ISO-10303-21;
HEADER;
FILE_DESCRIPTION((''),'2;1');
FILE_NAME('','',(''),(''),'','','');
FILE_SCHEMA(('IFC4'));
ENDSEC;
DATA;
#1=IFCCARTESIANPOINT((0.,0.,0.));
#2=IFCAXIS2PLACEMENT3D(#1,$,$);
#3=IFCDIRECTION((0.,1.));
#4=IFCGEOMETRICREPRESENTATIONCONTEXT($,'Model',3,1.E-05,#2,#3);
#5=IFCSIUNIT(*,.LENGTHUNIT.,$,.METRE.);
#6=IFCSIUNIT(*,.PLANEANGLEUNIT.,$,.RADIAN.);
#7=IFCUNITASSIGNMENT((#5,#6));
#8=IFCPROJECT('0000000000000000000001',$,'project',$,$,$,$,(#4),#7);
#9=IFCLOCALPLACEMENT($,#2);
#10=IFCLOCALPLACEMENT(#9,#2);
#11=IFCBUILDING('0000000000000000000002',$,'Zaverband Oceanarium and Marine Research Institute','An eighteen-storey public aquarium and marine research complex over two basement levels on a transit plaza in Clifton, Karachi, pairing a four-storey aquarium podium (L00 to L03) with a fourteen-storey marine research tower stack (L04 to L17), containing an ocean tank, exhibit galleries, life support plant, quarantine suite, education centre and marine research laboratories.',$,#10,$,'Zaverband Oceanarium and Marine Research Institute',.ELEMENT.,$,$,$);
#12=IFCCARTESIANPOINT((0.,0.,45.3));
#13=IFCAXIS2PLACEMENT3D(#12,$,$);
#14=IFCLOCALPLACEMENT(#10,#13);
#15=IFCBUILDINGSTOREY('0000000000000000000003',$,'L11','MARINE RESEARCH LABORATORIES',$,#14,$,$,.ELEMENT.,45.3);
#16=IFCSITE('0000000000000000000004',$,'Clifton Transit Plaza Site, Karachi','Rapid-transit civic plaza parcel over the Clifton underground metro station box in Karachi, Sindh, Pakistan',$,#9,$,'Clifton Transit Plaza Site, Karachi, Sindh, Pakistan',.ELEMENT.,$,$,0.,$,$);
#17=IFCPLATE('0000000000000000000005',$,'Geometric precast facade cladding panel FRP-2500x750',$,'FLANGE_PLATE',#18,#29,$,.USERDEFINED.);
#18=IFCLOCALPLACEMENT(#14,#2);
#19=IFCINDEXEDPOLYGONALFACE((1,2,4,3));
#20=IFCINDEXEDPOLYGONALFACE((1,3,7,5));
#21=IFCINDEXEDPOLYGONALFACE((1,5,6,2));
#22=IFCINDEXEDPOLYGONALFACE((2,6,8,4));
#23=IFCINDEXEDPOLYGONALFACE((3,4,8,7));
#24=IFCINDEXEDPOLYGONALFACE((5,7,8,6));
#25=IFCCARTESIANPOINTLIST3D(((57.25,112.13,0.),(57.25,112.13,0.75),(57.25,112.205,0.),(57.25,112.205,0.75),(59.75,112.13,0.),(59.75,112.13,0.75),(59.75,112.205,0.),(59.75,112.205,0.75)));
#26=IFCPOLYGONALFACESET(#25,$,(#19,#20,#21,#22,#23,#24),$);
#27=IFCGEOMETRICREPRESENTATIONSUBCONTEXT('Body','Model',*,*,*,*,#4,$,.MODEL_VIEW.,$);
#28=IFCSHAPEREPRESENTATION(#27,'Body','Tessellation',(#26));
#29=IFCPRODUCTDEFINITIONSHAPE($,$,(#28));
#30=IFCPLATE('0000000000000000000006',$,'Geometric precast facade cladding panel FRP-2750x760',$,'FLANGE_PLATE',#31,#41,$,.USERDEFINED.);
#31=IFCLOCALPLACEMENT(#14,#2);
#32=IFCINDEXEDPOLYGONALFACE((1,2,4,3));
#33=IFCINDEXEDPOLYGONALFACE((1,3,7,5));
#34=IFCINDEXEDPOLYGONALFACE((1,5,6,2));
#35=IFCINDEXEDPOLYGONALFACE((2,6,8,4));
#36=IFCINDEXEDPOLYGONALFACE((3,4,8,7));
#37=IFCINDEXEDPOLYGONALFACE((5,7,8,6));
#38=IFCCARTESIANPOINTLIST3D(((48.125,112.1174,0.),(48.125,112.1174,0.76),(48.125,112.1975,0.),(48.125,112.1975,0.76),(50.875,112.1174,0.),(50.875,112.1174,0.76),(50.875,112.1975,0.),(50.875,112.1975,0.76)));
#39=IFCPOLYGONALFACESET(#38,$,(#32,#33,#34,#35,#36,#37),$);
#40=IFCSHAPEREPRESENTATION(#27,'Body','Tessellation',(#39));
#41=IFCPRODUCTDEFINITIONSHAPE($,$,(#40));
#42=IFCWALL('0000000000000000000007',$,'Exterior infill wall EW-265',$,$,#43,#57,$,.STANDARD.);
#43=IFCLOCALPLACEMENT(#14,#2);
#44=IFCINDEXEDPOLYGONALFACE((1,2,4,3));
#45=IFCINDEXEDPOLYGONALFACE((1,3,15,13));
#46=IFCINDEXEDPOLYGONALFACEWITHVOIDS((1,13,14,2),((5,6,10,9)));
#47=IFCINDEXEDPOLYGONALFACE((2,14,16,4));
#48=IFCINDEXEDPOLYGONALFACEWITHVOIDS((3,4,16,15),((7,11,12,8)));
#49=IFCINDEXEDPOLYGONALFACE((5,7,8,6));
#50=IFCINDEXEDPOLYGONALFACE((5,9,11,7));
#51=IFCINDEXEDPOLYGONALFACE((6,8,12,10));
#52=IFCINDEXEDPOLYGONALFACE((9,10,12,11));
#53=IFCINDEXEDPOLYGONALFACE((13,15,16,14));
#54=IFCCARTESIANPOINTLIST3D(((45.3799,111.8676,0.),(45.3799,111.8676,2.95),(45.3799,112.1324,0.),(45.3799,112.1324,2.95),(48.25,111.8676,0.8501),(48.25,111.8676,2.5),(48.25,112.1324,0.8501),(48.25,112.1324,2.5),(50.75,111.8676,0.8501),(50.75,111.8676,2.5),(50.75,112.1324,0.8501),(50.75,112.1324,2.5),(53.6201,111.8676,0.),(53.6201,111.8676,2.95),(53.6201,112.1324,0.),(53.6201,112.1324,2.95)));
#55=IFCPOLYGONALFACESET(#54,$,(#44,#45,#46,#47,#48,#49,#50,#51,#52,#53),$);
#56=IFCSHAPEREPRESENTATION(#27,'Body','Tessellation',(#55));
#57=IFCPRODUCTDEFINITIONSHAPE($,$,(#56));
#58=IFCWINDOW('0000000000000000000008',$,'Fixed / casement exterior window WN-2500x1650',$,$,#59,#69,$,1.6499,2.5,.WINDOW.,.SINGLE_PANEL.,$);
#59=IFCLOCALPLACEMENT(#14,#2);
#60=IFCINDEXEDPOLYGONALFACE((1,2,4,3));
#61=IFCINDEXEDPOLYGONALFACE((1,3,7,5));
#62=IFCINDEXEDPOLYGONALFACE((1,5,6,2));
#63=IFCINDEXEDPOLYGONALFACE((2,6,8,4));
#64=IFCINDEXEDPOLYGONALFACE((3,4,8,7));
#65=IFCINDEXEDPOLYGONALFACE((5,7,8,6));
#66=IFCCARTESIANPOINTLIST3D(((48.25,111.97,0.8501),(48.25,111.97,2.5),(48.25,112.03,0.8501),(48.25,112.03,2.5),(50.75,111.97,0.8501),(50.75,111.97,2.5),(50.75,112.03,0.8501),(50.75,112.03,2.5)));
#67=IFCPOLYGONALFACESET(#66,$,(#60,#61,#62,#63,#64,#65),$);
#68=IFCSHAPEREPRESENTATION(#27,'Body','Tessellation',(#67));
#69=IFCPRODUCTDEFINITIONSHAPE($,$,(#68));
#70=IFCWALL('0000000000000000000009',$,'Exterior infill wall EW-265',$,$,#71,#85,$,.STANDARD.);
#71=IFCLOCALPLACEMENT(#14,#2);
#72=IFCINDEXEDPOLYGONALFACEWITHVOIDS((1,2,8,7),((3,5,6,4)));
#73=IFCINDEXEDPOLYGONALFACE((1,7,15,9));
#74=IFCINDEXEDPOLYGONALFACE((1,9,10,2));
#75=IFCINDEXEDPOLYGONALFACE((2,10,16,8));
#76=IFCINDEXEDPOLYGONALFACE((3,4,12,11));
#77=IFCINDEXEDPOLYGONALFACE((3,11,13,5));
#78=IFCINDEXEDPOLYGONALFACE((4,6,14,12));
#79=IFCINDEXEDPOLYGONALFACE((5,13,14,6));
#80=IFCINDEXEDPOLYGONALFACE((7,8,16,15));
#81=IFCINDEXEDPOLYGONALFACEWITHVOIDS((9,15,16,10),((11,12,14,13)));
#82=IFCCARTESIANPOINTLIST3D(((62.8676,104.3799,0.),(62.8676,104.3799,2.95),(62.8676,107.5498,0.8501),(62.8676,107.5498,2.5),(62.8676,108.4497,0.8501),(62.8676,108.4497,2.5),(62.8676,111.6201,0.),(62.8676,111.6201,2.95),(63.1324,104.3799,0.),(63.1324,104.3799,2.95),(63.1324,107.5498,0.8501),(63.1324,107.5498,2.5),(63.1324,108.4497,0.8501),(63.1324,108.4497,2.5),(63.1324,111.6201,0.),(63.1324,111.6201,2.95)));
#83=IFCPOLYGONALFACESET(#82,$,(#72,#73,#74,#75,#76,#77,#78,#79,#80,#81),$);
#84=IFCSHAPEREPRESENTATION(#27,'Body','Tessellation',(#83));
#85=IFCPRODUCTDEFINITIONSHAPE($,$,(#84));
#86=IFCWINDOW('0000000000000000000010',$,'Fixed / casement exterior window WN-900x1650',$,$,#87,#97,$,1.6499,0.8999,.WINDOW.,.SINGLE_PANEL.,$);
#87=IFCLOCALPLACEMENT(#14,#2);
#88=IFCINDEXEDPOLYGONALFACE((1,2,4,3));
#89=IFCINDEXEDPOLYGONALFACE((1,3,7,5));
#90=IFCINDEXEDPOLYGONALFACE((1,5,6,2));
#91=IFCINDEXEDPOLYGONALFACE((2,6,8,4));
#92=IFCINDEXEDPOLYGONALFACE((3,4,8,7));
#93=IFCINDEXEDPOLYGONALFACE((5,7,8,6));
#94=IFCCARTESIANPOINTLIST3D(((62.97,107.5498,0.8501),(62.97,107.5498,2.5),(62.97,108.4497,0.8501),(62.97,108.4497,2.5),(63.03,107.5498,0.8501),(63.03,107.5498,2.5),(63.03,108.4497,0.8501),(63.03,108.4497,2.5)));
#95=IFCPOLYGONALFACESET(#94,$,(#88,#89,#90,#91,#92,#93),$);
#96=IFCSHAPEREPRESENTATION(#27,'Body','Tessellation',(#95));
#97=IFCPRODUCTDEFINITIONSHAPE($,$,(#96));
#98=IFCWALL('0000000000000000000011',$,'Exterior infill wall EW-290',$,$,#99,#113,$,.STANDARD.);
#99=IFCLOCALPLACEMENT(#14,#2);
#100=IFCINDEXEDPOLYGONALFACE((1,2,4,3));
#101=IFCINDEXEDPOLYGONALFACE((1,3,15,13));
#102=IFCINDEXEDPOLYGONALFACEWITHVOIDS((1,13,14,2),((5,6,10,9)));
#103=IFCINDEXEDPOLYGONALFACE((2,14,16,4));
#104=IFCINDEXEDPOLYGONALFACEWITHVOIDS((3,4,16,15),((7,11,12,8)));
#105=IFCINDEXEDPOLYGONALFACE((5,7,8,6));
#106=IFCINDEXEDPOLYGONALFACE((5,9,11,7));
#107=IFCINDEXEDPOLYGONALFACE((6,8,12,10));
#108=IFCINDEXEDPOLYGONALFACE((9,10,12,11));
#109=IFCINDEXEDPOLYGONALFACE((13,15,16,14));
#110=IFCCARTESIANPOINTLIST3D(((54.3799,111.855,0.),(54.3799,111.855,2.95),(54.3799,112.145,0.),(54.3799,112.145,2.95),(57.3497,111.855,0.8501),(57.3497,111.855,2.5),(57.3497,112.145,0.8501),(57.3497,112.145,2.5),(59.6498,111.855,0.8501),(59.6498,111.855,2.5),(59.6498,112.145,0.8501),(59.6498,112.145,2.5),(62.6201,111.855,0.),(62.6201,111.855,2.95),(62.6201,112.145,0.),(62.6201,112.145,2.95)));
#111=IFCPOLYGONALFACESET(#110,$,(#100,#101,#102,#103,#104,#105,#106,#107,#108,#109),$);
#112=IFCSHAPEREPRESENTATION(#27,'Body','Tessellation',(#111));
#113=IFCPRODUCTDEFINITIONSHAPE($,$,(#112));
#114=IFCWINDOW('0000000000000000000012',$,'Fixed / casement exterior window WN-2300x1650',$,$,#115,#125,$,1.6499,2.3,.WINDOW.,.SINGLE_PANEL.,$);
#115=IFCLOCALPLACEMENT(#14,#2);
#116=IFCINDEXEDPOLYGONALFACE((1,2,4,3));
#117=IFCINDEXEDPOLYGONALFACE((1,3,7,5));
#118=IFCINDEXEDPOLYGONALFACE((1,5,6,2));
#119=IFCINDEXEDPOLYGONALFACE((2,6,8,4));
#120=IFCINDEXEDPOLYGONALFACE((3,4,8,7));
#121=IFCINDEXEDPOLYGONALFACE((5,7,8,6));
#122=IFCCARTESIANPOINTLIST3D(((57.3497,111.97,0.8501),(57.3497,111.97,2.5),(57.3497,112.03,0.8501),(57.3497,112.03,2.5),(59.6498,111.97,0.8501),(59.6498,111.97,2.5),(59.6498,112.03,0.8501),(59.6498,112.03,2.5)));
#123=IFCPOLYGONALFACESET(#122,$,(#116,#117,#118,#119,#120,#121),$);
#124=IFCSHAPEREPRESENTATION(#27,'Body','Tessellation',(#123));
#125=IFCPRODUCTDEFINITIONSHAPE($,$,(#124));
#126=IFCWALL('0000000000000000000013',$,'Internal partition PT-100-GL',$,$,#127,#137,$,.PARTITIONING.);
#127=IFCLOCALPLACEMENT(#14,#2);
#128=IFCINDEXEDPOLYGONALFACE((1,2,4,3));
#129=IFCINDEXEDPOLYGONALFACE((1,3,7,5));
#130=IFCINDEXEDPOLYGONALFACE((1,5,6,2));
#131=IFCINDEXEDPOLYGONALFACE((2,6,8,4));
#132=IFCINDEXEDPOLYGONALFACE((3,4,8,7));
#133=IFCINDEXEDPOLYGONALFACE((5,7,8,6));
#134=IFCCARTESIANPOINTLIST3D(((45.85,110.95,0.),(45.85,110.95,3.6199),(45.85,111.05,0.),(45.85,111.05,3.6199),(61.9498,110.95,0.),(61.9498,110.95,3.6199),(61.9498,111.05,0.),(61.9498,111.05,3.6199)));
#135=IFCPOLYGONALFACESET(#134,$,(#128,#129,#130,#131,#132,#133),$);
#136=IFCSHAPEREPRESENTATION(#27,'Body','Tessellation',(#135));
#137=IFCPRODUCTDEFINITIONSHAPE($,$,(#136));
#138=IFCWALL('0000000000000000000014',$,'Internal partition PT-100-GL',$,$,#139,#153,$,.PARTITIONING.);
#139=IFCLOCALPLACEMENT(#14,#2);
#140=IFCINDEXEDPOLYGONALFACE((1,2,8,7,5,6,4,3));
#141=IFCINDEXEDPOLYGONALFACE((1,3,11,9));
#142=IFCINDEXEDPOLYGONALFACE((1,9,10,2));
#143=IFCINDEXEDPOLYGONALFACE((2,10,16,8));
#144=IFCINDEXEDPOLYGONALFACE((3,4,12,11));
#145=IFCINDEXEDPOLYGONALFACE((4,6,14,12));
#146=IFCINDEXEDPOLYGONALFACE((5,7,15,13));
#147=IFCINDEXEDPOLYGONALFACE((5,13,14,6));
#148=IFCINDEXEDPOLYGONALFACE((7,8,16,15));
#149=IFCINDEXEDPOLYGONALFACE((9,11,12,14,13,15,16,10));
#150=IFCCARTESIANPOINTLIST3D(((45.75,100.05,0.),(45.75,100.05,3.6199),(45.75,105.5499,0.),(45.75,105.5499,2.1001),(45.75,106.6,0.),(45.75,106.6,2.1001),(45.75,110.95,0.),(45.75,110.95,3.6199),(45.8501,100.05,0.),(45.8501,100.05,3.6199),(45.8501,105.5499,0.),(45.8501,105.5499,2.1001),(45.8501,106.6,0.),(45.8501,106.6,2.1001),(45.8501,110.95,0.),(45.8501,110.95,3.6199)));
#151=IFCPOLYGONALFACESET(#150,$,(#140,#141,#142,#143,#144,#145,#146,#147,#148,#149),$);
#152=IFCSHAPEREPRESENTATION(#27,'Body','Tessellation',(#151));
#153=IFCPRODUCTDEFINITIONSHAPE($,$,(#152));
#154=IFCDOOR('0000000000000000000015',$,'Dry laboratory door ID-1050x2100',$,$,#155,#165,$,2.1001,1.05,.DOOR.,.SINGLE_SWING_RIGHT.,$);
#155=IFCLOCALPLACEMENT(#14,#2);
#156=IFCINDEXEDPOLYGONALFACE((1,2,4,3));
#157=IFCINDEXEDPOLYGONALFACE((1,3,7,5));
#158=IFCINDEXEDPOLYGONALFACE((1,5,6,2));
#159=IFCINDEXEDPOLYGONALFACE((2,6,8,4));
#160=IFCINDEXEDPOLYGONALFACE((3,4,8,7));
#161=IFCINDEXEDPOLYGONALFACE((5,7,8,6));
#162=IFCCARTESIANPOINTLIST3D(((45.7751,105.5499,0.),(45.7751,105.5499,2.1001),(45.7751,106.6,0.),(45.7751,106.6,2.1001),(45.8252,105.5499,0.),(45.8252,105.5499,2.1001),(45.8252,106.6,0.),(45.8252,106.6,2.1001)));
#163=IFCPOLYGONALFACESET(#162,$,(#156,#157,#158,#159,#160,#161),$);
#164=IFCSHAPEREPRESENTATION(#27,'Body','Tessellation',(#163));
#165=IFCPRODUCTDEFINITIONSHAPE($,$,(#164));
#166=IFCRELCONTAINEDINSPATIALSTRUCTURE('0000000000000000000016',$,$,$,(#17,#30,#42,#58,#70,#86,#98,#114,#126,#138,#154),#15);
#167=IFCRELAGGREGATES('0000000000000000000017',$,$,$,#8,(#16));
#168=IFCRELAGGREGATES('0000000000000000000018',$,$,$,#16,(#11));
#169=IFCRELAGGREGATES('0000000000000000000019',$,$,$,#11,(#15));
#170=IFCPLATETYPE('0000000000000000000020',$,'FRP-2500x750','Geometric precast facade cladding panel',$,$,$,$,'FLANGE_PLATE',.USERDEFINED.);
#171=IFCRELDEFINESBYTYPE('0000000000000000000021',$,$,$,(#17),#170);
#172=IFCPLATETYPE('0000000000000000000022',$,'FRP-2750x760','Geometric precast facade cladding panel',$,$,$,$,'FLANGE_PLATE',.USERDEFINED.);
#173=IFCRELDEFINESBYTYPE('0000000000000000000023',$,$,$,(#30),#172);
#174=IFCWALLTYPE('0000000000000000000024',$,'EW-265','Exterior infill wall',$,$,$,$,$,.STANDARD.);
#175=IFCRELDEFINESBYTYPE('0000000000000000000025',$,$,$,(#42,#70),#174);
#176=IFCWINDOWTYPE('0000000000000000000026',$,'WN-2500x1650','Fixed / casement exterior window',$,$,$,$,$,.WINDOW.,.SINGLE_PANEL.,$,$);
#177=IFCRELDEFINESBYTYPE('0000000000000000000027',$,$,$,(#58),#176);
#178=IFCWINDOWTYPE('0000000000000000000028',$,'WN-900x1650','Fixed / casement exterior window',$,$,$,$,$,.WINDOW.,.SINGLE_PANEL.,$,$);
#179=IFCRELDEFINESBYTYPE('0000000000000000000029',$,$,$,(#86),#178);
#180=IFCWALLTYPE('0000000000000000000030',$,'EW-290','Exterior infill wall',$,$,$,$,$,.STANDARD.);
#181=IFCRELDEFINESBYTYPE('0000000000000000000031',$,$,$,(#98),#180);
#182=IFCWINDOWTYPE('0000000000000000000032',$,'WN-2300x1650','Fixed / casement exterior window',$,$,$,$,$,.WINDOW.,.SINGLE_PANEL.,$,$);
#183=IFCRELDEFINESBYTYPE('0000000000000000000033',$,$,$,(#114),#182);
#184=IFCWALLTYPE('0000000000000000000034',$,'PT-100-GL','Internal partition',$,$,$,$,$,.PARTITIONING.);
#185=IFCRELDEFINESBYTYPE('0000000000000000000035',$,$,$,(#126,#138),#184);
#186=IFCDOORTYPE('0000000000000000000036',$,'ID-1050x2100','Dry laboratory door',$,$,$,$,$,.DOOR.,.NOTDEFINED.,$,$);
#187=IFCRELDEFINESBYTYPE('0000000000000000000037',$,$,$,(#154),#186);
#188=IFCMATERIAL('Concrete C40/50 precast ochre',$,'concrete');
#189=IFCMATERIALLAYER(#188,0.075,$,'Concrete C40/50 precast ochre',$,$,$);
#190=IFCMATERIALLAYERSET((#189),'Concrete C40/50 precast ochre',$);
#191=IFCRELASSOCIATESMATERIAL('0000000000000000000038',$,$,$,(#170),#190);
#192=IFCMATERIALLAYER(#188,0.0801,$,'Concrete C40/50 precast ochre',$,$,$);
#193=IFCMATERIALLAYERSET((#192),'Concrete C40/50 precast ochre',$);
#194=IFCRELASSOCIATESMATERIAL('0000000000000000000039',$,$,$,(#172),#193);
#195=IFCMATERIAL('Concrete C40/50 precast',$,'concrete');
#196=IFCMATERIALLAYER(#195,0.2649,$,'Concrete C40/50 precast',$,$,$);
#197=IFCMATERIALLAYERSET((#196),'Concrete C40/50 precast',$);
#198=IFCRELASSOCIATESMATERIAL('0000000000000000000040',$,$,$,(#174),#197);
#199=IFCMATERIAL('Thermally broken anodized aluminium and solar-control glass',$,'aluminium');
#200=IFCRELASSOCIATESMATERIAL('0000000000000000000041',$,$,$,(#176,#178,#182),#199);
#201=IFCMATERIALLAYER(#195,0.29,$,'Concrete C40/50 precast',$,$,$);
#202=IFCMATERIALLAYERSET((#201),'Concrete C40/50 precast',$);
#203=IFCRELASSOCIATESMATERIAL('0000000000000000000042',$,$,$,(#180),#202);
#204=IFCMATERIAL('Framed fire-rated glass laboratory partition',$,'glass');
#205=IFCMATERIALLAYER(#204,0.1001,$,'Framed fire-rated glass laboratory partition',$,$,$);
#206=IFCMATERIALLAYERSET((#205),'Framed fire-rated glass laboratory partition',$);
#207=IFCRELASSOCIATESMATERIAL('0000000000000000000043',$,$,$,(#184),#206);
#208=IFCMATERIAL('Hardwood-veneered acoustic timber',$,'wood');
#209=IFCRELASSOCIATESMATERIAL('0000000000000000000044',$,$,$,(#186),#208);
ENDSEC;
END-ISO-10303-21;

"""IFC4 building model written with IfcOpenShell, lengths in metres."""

from ifc_helpers import new_model, si_unit, direction, frame, frame_2d, origin, place, context, subcontext, project, spatial, rectangle, extrude, material, layer, layer_set, type_object, element, fill, save


model = new_model("IFC4")

# Units and contexts
model_context = context("Model", 3, precision=1e-05, world=origin(), true_north=direction((0.0, 1.0)))
body_context = subcontext(model_context, "Body", "Model", "MODEL_VIEW")
ifc_project = project(units=[si_unit("LENGTHUNIT", "METRE"), si_unit("PLANEANGLEUNIT", "RADIAN")], contexts=[model_context])

# Site, building, storey
site_placement = place(None, origin())
site = spatial("IfcSite", under=ifc_project, at=site_placement, Name="Clifton Transit Plaza Site, Karachi", Description="Rapid-transit civic plaza parcel over the Clifton underground metro station box in Karachi, Sindh, Pakistan", LongName="Clifton Transit Plaza Site, Karachi, Sindh, Pakistan", CompositionType="ELEMENT", RefElevation=0.0)
building_placement = place(site_placement, origin())
building = spatial("IfcBuilding", under=site, at=building_placement, Name="Zaverband Oceanarium and Marine Research Institute", Description="An eighteen-storey public aquarium and marine research complex over two basement levels on a transit plaza in Clifton, Karachi, pairing a four-storey aquarium podium (L00 to L03) with a fourteen-storey marine research tower stack (L04 to L17), containing an ocean tank, exhibit galleries, life support plant, quarantine suite, education centre and marine research laboratories.", LongName="Zaverband Oceanarium and Marine Research Institute", CompositionType="ELEMENT")
storey_placement = place(building_placement, frame((0.0, 0.0, 45.3)))
storey = spatial("IfcBuildingStorey", under=building, at=storey_placement, Name="L11", Description="MARINE RESEARCH LABORATORIES", CompositionType="ELEMENT", Elevation=45.3)

# Shared definitions
ifc_material_1 = material(Name="Thermally broken anodized aluminium and solar-control glass", Category="aluminium")

# Plates
ifc_material_2 = material(Name="Concrete C40/50 precast ochre", Category="concrete")
ifc_layer_1 = layer(ifc_material_2, 0.075, Name="Concrete C40/50 precast ochre")
ifc_layer_set_1 = layer_set([ifc_layer_1], Name="Concrete C40/50 precast ochre")
plate_type_1 = type_object("IfcPlateType", Name="FRP-2500x750", Description="Geometric precast facade cladding panel", ElementType="FLANGE_PLATE", PredefinedType="USERDEFINED", material=ifc_layer_set_1)
plate_1_placement = place(storey_placement, frame((57.25, 112.1675, 0.0), z_axis=(0.0, 0.0, 1.0), x_axis=(1.0, 0.0, 0.0)))
element("IfcPlate", 1, at=plate_1_placement, inside=storey, type_object=plate_type_1, Name="Geometric precast facade cladding panel FRP-2500x750", ObjectType="FLANGE_PLATE", PredefinedType="USERDEFINED", context=body_context, shape_type="SweptSolid", body=[
    extrude(rectangle(XDim=2.5, YDim=0.075, at=frame_2d((1.25, 0.0))), origin(), (0.0, 0.0, 1.0), 0.75),
])
ifc_layer_2 = layer(ifc_material_2, 0.0801, Name="Concrete C40/50 precast ochre")
ifc_layer_set_2 = layer_set([ifc_layer_2], Name="Concrete C40/50 precast ochre")
plate_type_2 = type_object("IfcPlateType", Name="FRP-2750x760", Description="Geometric precast facade cladding panel", ElementType="FLANGE_PLATE", PredefinedType="USERDEFINED", material=ifc_layer_set_2)
plate_2_placement = place(storey_placement, frame((48.125, 112.1575, 0.0), z_axis=(0.0, 0.0, 1.0), x_axis=(1.0, 0.0, 0.0)))
element("IfcPlate", 2, at=plate_2_placement, inside=storey, type_object=plate_type_2, Name="Geometric precast facade cladding panel FRP-2750x760", ObjectType="FLANGE_PLATE", PredefinedType="USERDEFINED", context=body_context, shape_type="SweptSolid", body=[
    extrude(rectangle(XDim=2.75, YDim=0.0801, at=frame_2d((1.375, 0.0))), origin(), (0.0, 0.0, 1.0), 0.76),
])

# Walls, openings, windows
ifc_material_3 = material(Name="Concrete C40/50 precast", Category="concrete")
ifc_layer_3 = layer(ifc_material_3, 0.2649, Name="Concrete C40/50 precast")
ifc_layer_set_3 = layer_set([ifc_layer_3], Name="Concrete C40/50 precast")
wall_type_1 = type_object("IfcWallType", Name="EW-265", Description="Exterior infill wall", PredefinedType="STANDARD", material=ifc_layer_set_3)
wall_1_placement = place(storey_placement, frame((45.3799, 112.0, 0.0), z_axis=(0.0, 0.0, 1.0), x_axis=(1.0, 0.0, 0.0)))
wall_1 = element("IfcWall", 3, at=wall_1_placement, inside=storey, type_object=wall_type_1, Name="Exterior infill wall EW-265", PredefinedType="STANDARD", context=body_context, shape_type="SweptSolid", body=[
    extrude(rectangle(XDim=8.2402, YDim=0.2649, at=frame_2d((4.1201, 0.0))), origin(), (0.0, 0.0, 1.0), 2.95),
])
opening_1_placement = place(wall_1_placement, frame((2.8701, 0.0, 0.8501)))
opening_1 = element("IfcOpeningElement", 4, at=opening_1_placement, cuts=wall_1, PredefinedType="OPENING", context=body_context, shape_type="SweptSolid", body=[
    extrude(rectangle(XDim=2.5, YDim=1.6499, at=frame_2d((1.25, 0.825))), frame((0.0, 0.1445, 0.0), z_axis=(0.0, -1.0, 0.0), x_axis=(1.0, 0.0, 0.0)), (0.0, 0.0, 1.0), 0.2888),
])
window_type_1 = type_object("IfcWindowType", Name="WN-2500x1650", Description="Fixed / casement exterior window", PartitioningType="SINGLE_PANEL", PredefinedType="WINDOW", material=ifc_material_1)
window_1_placement = place(opening_1_placement, origin())
window_1 = element("IfcWindow", 5, at=window_1_placement, inside=storey, type_object=window_type_1, Name="Fixed / casement exterior window WN-2500x1650", OverallHeight=1.6499, OverallWidth=2.5, PartitioningType="SINGLE_PANEL", PredefinedType="WINDOW", context=body_context, shape_type="SweptSolid", body=[
    extrude(rectangle(XDim=2.5, YDim=1.6499, at=frame_2d((1.25, 0.825))), frame((0.0, 0.03, 0.0), z_axis=(0.0, -1.0, 0.0), x_axis=(1.0, 0.0, 0.0)), (0.0, 0.0, 1.0), 0.0601),
])
fill(opening_1, window_1)
wall_2_placement = place(storey_placement, frame((63.0, 104.3799, 0.0), z_axis=(0.0, 0.0, 1.0), x_axis=(0.0, 1.0, 0.0)))
wall_2 = element("IfcWall", 6, at=wall_2_placement, inside=storey, type_object=wall_type_1, Name="Exterior infill wall EW-265", PredefinedType="STANDARD", context=body_context, shape_type="SweptSolid", body=[
    extrude(rectangle(XDim=7.2402, YDim=0.2649, at=frame_2d((3.6201, 0.0))), origin(), (0.0, 0.0, 1.0), 2.95),
])
opening_2_placement = place(wall_2_placement, frame((3.1699, 0.0, 0.8501)))
opening_2 = element("IfcOpeningElement", 7, at=opening_2_placement, cuts=wall_2, PredefinedType="OPENING", context=body_context, shape_type="SweptSolid", body=[
    extrude(rectangle(XDim=0.8999, YDim=1.6499, at=frame_2d((0.45, 0.825))), frame((0.0, 0.1445, 0.0), z_axis=(0.0, -1.0, 0.0), x_axis=(1.0, 0.0, 0.0)), (0.0, 0.0, 1.0), 0.2888),
])
window_type_2 = type_object("IfcWindowType", Name="WN-900x1650", Description="Fixed / casement exterior window", PartitioningType="SINGLE_PANEL", PredefinedType="WINDOW", material=ifc_material_1)
window_2_placement = place(opening_2_placement, origin())
window_2 = element("IfcWindow", 8, at=window_2_placement, inside=storey, type_object=window_type_2, Name="Fixed / casement exterior window WN-900x1650", OverallHeight=1.6499, OverallWidth=0.8999, PartitioningType="SINGLE_PANEL", PredefinedType="WINDOW", context=body_context, shape_type="SweptSolid", body=[
    extrude(rectangle(XDim=0.8999, YDim=1.6499, at=frame_2d((0.45, 0.825))), frame((0.0, 0.03, 0.0), z_axis=(0.0, -1.0, 0.0), x_axis=(1.0, 0.0, 0.0)), (0.0, 0.0, 1.0), 0.0601),
])
fill(opening_2, window_2)
ifc_layer_4 = layer(ifc_material_3, 0.29, Name="Concrete C40/50 precast")
ifc_layer_set_4 = layer_set([ifc_layer_4], Name="Concrete C40/50 precast")
wall_type_2 = type_object("IfcWallType", Name="EW-290", Description="Exterior infill wall", PredefinedType="STANDARD", material=ifc_layer_set_4)
wall_3_placement = place(storey_placement, frame((54.3799, 112.0, 0.0), z_axis=(0.0, 0.0, 1.0), x_axis=(1.0, 0.0, 0.0)))
wall_3 = element("IfcWall", 9, at=wall_3_placement, inside=storey, type_object=wall_type_2, Name="Exterior infill wall EW-290", PredefinedType="STANDARD", context=body_context, shape_type="SweptSolid", body=[
    extrude(rectangle(XDim=8.2402, YDim=0.29, at=frame_2d((4.1201, 0.0))), origin(), (0.0, 0.0, 1.0), 2.95),
])
opening_3_placement = place(wall_3_placement, frame((2.97, 0.0, 0.8501)))
opening_3 = element("IfcOpeningElement", 10, at=opening_3_placement, cuts=wall_3, PredefinedType="OPENING", context=body_context, shape_type="SweptSolid", body=[
    extrude(rectangle(XDim=2.3, YDim=1.6499, at=frame_2d((1.1499, 0.825))), frame((0.0, 0.157, 0.0), z_axis=(0.0, -1.0, 0.0), x_axis=(1.0, 0.0, 0.0)), (0.0, 0.0, 1.0), 0.314),
])
window_type_3 = type_object("IfcWindowType", Name="WN-2300x1650", Description="Fixed / casement exterior window", PartitioningType="SINGLE_PANEL", PredefinedType="WINDOW", material=ifc_material_1)
window_3_placement = place(opening_3_placement, origin())
window_3 = element("IfcWindow", 11, at=window_3_placement, inside=storey, type_object=window_type_3, Name="Fixed / casement exterior window WN-2300x1650", OverallHeight=1.6499, OverallWidth=2.3, PartitioningType="SINGLE_PANEL", PredefinedType="WINDOW", context=body_context, shape_type="SweptSolid", body=[
    extrude(rectangle(XDim=2.3, YDim=1.6499, at=frame_2d((1.1499, 0.825))), frame((0.0, 0.03, 0.0), z_axis=(0.0, -1.0, 0.0), x_axis=(1.0, 0.0, 0.0)), (0.0, 0.0, 1.0), 0.0601),
])
fill(opening_3, window_3)

# Wall
ifc_material_4 = material(Name="Framed fire-rated glass laboratory partition", Category="glass")
ifc_layer_5 = layer(ifc_material_4, 0.1001, Name="Framed fire-rated glass laboratory partition")
ifc_layer_set_5 = layer_set([ifc_layer_5], Name="Framed fire-rated glass laboratory partition")
wall_type_3 = type_object("IfcWallType", Name="PT-100-GL", Description="Internal partition", PredefinedType="PARTITIONING", material=ifc_layer_set_5)
wall_4_placement = place(storey_placement, frame((45.8501, 111.0, 0.0), z_axis=(0.0, 0.0, 1.0), x_axis=(1.0, 0.0, 0.0)))
element("IfcWall", 12, at=wall_4_placement, inside=storey, type_object=wall_type_3, Name="Internal partition PT-100-GL", PredefinedType="PARTITIONING", context=body_context, shape_type="SweptSolid", body=[
    extrude(rectangle(XDim=16.0999, YDim=0.1001, at=frame_2d((8.0498, 0.0))), origin(), (0.0, 0.0, 1.0), 3.6199),
])

# Wall, opening, door
wall_5_placement = place(storey_placement, frame((45.8, 100.05, 0.0), z_axis=(0.0, 0.0, 1.0), x_axis=(0.0, 1.0, 0.0)))
wall_5 = element("IfcWall", 13, at=wall_5_placement, inside=storey, type_object=wall_type_3, Name="Internal partition PT-100-GL", PredefinedType="PARTITIONING", context=body_context, shape_type="SweptSolid", body=[
    extrude(rectangle(XDim=10.8999, YDim=0.1001, at=frame_2d((5.45, 0.0))), origin(), (0.0, 0.0, 1.0), 3.6199),
])
opening_4_placement = place(wall_5_placement, frame((5.5, 0.0, 0.0)))
opening_4 = element("IfcOpeningElement", 14, at=opening_4_placement, cuts=wall_5, PredefinedType="OPENING", context=body_context, shape_type="SweptSolid", body=[
    extrude(rectangle(XDim=1.05, YDim=2.1001, at=frame_2d((0.5249, 1.05))), frame((0.0, 0.062, 0.0), z_axis=(0.0, -1.0, 0.0), x_axis=(1.0, 0.0, 0.0)), (0.0, 0.0, 1.0), 0.124),
])
ifc_material_5 = material(Name="Hardwood-veneered acoustic timber", Category="wood")
door_type = type_object("IfcDoorType", Name="ID-1050x2100", Description="Dry laboratory door", OperationType="NOTDEFINED", PredefinedType="DOOR", material=ifc_material_5)
door_placement = place(opening_4_placement, origin())
door = element("IfcDoor", 15, at=door_placement, inside=storey, type_object=door_type, Name="Dry laboratory door ID-1050x2100", OperationType="SINGLE_SWING_RIGHT", OverallHeight=2.1001, OverallWidth=1.05, PredefinedType="DOOR", context=body_context, shape_type="SweptSolid", body=[
    extrude(rectangle(XDim=1.05, YDim=2.1001, at=frame_2d((0.5249, 1.05))), frame((0.0, 0.0249, 0.0), z_axis=(0.0, -1.0, 0.0), x_axis=(1.0, 0.0, 0.0)), (0.0, 0.0, 1.0), 0.05),
])
fill(opening_4, door)

save(model, "model.ifc")
